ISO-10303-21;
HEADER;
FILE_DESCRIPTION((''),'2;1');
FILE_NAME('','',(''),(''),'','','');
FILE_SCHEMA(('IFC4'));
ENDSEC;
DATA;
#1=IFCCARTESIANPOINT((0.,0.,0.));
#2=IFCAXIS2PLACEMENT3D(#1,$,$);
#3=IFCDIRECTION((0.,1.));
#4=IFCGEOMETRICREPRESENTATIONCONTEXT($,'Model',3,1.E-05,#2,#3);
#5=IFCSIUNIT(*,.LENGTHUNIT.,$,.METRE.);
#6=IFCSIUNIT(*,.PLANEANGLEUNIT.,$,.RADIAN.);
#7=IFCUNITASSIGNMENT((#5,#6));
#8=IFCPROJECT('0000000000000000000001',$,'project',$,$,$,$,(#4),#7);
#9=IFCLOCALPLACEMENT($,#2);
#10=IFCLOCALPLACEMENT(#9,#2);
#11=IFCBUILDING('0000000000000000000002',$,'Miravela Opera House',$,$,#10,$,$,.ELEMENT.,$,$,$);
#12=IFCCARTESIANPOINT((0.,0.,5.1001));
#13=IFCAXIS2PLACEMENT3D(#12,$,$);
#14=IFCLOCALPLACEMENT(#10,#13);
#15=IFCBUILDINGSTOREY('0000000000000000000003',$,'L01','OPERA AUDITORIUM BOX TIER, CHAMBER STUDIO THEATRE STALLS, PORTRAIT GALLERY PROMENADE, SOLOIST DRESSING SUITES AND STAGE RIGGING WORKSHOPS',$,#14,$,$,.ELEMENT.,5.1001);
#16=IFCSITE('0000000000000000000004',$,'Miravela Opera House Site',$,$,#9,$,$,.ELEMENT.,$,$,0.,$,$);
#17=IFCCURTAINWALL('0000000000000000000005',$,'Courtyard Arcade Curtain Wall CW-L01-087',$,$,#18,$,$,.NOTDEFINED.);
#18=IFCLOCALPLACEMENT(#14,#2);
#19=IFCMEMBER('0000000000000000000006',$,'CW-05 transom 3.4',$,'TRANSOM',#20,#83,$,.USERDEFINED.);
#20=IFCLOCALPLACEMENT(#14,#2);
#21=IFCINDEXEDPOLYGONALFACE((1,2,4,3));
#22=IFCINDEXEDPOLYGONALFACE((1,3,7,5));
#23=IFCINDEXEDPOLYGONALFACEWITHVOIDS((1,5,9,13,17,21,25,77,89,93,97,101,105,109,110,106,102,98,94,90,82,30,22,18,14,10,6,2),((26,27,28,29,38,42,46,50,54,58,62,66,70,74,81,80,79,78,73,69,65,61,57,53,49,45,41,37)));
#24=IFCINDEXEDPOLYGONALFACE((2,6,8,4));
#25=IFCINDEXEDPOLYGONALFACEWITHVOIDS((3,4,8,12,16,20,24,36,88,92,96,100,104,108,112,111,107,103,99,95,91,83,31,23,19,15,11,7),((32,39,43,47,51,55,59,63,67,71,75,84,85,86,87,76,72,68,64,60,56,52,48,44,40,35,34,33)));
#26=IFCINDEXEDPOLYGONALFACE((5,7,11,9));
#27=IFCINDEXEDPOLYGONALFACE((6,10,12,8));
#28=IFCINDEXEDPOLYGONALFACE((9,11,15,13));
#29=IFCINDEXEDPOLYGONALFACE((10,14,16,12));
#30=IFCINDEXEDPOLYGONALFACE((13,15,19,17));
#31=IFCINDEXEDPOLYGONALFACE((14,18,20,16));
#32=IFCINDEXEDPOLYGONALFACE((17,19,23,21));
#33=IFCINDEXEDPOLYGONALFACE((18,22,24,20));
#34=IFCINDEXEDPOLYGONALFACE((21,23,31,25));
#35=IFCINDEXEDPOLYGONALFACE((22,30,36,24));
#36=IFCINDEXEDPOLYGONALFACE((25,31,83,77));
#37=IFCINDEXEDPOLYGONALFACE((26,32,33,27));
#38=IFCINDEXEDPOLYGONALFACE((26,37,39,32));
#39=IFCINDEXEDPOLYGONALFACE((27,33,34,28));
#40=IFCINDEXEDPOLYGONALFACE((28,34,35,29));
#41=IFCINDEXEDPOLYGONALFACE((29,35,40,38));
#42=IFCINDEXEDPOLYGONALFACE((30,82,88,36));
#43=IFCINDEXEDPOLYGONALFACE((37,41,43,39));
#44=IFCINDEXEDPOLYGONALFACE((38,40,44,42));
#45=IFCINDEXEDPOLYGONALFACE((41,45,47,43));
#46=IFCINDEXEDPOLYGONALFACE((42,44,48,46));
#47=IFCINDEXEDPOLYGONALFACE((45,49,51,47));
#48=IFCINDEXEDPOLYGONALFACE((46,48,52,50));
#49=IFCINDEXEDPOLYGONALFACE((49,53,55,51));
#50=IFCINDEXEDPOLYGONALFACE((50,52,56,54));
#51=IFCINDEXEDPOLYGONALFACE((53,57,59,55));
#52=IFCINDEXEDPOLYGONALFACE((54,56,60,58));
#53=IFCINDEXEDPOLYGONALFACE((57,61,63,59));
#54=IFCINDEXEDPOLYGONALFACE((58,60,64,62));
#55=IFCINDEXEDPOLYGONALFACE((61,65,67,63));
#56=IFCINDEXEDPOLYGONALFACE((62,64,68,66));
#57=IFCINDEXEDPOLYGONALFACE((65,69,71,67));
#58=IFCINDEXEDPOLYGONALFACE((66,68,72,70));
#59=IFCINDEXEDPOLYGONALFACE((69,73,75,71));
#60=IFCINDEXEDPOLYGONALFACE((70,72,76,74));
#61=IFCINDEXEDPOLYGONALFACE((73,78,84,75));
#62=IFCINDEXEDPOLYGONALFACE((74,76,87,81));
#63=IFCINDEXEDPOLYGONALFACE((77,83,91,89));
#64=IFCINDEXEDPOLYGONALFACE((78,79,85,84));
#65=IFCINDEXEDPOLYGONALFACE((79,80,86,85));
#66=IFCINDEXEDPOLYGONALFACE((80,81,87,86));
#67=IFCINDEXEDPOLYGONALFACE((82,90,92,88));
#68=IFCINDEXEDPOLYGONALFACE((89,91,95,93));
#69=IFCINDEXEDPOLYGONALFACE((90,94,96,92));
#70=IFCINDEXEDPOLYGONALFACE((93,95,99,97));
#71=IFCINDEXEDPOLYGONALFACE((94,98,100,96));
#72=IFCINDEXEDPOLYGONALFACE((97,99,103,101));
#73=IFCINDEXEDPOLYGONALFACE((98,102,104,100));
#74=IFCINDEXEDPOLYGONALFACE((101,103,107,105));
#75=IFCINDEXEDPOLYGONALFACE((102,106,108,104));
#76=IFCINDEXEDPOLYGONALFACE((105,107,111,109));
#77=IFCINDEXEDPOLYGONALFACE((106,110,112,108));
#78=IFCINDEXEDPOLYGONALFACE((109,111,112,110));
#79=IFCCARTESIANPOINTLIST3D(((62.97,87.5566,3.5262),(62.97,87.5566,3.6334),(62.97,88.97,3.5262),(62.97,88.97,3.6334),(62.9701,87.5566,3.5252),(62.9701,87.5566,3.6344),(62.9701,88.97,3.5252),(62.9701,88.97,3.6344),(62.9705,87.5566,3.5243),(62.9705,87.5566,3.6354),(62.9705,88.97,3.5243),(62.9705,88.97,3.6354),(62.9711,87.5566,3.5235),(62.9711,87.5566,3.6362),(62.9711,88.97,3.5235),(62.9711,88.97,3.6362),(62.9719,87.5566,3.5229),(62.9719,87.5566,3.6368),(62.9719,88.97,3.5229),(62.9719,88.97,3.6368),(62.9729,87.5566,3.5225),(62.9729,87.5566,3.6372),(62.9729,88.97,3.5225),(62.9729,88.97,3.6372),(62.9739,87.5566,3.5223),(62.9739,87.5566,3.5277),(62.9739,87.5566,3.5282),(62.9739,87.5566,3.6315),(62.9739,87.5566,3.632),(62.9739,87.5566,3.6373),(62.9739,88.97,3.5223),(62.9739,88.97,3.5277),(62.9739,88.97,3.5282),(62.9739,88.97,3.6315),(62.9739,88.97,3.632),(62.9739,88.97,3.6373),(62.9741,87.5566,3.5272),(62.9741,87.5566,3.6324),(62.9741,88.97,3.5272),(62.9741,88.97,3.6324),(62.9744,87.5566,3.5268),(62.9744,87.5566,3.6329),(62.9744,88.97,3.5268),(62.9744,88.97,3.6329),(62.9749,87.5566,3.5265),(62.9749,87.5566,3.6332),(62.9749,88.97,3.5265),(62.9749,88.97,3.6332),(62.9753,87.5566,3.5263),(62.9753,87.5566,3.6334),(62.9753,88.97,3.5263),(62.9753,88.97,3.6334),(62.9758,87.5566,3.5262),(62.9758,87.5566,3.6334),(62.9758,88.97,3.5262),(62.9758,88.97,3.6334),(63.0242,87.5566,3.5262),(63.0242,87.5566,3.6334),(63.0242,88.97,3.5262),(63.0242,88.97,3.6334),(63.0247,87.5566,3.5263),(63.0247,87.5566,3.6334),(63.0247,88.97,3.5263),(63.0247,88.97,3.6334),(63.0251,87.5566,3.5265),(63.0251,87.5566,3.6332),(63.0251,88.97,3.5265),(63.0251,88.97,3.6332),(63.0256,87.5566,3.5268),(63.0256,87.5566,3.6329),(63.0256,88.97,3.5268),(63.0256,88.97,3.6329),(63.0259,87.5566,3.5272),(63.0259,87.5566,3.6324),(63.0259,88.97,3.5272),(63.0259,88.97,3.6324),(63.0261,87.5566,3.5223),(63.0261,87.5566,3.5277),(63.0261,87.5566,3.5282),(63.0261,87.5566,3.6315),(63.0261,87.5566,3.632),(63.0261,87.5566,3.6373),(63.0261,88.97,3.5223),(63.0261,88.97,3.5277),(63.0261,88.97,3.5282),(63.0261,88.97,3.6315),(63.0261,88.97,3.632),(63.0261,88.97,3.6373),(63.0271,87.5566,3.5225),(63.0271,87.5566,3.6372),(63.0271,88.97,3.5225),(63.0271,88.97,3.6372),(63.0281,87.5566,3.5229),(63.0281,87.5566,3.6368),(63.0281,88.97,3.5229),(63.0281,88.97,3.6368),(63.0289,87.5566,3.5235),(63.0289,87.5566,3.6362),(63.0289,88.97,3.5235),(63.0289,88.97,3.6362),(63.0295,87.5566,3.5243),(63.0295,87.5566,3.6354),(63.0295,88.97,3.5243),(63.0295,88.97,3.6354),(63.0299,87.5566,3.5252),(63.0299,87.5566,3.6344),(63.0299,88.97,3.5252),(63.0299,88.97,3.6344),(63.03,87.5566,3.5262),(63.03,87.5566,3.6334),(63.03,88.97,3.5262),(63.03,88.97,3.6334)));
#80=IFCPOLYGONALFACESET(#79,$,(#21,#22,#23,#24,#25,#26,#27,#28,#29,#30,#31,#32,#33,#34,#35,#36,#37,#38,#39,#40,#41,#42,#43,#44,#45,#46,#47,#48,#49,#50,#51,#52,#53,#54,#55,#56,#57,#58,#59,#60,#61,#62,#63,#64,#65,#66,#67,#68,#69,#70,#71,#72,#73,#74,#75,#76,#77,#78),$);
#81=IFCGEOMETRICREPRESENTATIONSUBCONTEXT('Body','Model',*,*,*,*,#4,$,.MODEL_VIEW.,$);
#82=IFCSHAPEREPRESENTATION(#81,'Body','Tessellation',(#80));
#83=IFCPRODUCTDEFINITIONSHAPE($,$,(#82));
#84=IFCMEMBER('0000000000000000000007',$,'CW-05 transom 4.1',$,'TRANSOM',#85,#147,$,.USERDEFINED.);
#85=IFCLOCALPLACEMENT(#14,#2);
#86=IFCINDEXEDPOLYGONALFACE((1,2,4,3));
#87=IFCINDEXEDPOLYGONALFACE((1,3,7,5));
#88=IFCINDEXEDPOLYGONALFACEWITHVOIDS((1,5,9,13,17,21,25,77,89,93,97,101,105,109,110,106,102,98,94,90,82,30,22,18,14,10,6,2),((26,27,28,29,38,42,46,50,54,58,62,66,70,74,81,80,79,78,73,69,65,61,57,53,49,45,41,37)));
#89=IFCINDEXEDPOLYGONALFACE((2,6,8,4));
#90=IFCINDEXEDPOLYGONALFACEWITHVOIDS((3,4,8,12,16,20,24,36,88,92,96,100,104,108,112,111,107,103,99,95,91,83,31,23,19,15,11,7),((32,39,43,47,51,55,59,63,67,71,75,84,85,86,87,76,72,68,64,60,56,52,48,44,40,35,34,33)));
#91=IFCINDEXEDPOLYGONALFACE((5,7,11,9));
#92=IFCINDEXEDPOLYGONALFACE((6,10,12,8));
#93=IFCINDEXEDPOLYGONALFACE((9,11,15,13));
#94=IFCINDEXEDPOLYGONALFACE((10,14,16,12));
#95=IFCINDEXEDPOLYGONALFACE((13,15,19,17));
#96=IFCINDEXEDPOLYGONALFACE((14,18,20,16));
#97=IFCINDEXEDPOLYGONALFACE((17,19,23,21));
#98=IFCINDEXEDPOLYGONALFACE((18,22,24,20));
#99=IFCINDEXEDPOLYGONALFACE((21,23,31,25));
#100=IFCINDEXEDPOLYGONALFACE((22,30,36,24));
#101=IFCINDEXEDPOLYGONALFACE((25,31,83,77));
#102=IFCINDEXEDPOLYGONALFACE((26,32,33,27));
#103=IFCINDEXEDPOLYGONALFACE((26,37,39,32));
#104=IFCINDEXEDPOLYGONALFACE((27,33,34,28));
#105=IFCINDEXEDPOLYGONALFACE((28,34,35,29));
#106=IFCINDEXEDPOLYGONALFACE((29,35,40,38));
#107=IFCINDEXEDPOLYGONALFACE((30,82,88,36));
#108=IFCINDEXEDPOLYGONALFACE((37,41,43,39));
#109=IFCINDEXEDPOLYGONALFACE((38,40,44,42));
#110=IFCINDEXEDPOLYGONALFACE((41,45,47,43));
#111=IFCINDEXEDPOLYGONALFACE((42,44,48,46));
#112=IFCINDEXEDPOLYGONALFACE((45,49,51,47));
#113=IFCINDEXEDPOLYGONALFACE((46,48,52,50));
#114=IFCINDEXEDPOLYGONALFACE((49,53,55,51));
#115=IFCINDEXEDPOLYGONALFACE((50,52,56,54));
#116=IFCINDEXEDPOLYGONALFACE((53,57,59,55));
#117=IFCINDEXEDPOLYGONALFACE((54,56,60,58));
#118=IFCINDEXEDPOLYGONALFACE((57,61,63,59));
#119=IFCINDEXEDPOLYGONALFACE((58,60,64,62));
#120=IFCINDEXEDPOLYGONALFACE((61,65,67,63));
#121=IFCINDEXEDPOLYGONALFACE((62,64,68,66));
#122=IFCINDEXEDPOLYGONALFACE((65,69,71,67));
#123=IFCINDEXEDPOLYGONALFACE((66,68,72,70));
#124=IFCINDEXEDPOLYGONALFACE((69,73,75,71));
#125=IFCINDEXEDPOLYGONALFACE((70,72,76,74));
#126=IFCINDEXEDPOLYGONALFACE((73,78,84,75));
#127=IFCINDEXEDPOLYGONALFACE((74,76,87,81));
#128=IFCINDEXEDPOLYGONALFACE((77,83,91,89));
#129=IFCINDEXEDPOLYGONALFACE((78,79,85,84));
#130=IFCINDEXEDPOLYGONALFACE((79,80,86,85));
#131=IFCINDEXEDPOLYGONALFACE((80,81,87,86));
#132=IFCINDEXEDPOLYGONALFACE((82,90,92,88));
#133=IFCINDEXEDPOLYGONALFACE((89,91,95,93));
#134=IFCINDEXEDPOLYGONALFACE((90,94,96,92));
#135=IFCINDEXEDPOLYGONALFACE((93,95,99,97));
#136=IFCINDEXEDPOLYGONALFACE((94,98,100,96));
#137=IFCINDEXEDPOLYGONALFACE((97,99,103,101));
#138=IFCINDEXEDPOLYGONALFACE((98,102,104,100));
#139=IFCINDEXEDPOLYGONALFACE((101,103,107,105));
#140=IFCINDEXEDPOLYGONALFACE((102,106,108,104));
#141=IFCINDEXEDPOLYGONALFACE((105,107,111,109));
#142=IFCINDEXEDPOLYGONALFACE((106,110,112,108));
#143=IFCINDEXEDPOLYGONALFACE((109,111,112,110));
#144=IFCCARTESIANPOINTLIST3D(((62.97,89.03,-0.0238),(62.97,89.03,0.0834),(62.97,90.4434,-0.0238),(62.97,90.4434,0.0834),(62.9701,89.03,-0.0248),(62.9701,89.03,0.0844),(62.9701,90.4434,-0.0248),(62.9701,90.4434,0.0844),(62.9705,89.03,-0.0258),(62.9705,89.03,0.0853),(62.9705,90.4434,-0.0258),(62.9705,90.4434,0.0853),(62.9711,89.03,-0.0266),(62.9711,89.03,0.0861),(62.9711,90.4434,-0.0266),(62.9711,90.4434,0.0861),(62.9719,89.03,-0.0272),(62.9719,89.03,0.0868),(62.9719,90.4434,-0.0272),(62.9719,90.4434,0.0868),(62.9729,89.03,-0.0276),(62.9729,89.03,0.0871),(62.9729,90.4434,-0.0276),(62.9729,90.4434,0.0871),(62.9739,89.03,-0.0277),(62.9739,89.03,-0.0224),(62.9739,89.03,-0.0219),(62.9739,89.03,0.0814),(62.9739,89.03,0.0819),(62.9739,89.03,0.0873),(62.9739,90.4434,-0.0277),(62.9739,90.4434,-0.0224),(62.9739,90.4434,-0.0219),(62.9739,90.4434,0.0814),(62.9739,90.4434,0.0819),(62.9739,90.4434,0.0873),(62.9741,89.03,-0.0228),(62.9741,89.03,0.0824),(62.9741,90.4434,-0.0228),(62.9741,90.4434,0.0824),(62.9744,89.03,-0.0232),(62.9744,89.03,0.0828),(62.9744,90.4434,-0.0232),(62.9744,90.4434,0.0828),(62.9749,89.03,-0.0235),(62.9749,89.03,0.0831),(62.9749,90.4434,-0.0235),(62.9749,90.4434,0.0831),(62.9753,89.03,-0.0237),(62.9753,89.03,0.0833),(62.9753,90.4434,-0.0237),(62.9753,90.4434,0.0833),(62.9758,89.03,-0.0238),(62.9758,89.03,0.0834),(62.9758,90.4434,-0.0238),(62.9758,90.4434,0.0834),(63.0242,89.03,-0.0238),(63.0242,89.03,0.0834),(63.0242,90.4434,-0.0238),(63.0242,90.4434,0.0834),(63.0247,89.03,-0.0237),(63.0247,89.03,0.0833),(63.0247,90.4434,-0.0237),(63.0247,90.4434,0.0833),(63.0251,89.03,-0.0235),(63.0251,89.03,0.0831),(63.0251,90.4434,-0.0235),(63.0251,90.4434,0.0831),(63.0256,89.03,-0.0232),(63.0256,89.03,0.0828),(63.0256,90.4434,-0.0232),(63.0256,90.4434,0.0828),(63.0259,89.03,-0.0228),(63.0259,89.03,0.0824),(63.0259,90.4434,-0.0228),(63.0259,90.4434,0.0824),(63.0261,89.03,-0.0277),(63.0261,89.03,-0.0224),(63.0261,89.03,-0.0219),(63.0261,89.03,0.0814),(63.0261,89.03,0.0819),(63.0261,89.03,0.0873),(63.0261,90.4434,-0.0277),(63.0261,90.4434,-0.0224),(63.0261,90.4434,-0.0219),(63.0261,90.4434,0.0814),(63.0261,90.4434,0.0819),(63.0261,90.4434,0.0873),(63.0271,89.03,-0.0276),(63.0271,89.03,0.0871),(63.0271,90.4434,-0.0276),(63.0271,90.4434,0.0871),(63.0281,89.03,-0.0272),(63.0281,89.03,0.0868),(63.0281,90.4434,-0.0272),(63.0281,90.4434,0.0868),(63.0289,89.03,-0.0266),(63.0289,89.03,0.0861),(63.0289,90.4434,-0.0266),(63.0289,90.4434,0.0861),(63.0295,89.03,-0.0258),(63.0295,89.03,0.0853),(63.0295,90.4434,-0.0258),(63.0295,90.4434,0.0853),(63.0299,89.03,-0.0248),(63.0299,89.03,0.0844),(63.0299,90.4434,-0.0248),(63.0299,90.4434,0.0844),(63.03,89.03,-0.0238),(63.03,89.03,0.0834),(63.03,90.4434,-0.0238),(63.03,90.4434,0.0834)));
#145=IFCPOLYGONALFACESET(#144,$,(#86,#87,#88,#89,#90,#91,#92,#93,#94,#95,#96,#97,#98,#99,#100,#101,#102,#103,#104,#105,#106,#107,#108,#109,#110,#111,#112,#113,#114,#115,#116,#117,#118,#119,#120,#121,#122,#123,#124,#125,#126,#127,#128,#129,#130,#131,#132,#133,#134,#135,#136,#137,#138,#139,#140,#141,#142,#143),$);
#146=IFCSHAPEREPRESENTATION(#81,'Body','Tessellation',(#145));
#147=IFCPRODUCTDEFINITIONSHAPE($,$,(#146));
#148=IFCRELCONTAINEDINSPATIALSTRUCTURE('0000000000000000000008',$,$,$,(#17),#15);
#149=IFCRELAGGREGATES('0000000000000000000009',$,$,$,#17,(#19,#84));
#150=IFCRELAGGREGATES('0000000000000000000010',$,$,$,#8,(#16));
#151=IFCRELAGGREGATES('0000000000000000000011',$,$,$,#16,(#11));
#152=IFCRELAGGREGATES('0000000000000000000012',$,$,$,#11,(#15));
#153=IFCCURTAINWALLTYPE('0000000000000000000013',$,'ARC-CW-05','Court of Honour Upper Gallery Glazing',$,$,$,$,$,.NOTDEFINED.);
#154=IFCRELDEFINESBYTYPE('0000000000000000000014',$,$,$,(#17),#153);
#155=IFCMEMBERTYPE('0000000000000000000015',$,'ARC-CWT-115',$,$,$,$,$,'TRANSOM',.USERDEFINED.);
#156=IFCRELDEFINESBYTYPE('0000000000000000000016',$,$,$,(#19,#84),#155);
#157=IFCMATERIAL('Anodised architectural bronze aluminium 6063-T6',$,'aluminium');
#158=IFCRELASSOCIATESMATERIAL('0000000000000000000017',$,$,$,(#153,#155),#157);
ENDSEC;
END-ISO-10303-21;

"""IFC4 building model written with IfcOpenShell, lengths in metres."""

from ifc_helpers import new_model, si_unit, direction, frame, origin, origin_2d, place, context, subcontext, project, spatial, hollow_rectangle, extrude, material, material_profile, profile_set, type_object, element, aggregate, save


model = new_model("IFC4")

# Units and contexts
model_context = context("Model", 3, precision=1e-05, world=origin(), true_north=direction((0.0, 1.0)))
body_context = subcontext(model_context, "Body", "Model", "MODEL_VIEW")
ifc_project = project(units=[si_unit("LENGTHUNIT", "METRE"), si_unit("PLANEANGLEUNIT", "RADIAN")], contexts=[model_context])

# Site, building, storey
site_placement = place(None, origin())
site = spatial("IfcSite", under=ifc_project, at=site_placement, Name="Miravela Opera House Site", CompositionType="ELEMENT", RefElevation=0.0)
building_placement = place(site_placement, origin())
building = spatial("IfcBuilding", under=site, at=building_placement, Name="Miravela Opera House", CompositionType="ELEMENT")
storey_placement = place(building_placement, frame((0.0, 0.0, 5.1001)))
storey = spatial("IfcBuildingStorey", under=building, at=storey_placement, Name="L01", Description="OPERA AUDITORIUM BOX TIER, CHAMBER STUDIO THEATRE STALLS, PORTRAIT GALLERY PROMENADE, SOLOIST DRESSING SUITES AND STAGE RIGGING WORKSHOPS", CompositionType="ELEMENT", Elevation=5.1001)

# Curtain wall, members
ifc_material_1 = material(Name="Anodised architectural bronze aluminium 6063-T6", Category="aluminium")
curtain_wall_type = type_object("IfcCurtainWallType", Name="ARC-CW-05", Description="Court of Honour Upper Gallery Glazing", PredefinedType="NOTDEFINED", material=ifc_material_1)
curtain_wall_placement = place(storey_placement, origin())
curtain_wall = element("IfcCurtainWall", 1, at=curtain_wall_placement, inside=storey, type_object=curtain_wall_type, Name="Courtyard Arcade Curtain Wall CW-L01-087", PredefinedType="NOTDEFINED")
ifc_material_profile_1 = material_profile(ifc_material_1, hollow_rectangle(XDim=0.0601, YDim=0.115, WallThickness=0.0039, InnerFilletRadius=0.002, OuterFilletRadius=0.0039, at=origin_2d()), Name="CWT-60X115")
ifc_profile_set_1 = profile_set([ifc_material_profile_1])
member_type_1 = type_object("IfcMemberType", Name="ARC-CWT-115", ElementType="TRANSOM", PredefinedType="USERDEFINED", material=ifc_profile_set_1)
member_1_placement = place(storey_placement, frame((63.0, 87.5566, 3.5798), z_axis=(0.0, 1.0, 0.0), x_axis=(-1.0, 0.0, 0.0)))
member_1 = element("IfcMember", 2, at=member_1_placement, type_object=member_type_1, Name="CW-05 transom 3.4", ObjectType="TRANSOM", PredefinedType="USERDEFINED", context=body_context, shape_type="SweptSolid", body=[
    extrude(hollow_rectangle(XDim=0.0601, YDim=0.115, WallThickness=0.0039, InnerFilletRadius=0.002, OuterFilletRadius=0.0039, at=origin_2d()), origin(), (0.0, 0.0, 1.0), 1.4133),
])
member_2_placement = place(storey_placement, frame((63.0, 89.03, 0.0298), z_axis=(0.0, 1.0, 0.0), x_axis=(-1.0, 0.0, 0.0)))
member_2 = element("IfcMember", 3, at=member_2_placement, type_object=member_type_1, Name="CW-05 transom 4.1", ObjectType="TRANSOM", PredefinedType="USERDEFINED", context=body_context, shape_type="SweptSolid", body=[
    extrude(hollow_rectangle(XDim=0.0601, YDim=0.115, WallThickness=0.0039, InnerFilletRadius=0.002, OuterFilletRadius=0.0039, at=origin_2d()), origin(), (0.0, 0.0, 1.0), 1.4133),
])
aggregate(curtain_wall, [member_1, member_2])

save(model, "model.ifc")
